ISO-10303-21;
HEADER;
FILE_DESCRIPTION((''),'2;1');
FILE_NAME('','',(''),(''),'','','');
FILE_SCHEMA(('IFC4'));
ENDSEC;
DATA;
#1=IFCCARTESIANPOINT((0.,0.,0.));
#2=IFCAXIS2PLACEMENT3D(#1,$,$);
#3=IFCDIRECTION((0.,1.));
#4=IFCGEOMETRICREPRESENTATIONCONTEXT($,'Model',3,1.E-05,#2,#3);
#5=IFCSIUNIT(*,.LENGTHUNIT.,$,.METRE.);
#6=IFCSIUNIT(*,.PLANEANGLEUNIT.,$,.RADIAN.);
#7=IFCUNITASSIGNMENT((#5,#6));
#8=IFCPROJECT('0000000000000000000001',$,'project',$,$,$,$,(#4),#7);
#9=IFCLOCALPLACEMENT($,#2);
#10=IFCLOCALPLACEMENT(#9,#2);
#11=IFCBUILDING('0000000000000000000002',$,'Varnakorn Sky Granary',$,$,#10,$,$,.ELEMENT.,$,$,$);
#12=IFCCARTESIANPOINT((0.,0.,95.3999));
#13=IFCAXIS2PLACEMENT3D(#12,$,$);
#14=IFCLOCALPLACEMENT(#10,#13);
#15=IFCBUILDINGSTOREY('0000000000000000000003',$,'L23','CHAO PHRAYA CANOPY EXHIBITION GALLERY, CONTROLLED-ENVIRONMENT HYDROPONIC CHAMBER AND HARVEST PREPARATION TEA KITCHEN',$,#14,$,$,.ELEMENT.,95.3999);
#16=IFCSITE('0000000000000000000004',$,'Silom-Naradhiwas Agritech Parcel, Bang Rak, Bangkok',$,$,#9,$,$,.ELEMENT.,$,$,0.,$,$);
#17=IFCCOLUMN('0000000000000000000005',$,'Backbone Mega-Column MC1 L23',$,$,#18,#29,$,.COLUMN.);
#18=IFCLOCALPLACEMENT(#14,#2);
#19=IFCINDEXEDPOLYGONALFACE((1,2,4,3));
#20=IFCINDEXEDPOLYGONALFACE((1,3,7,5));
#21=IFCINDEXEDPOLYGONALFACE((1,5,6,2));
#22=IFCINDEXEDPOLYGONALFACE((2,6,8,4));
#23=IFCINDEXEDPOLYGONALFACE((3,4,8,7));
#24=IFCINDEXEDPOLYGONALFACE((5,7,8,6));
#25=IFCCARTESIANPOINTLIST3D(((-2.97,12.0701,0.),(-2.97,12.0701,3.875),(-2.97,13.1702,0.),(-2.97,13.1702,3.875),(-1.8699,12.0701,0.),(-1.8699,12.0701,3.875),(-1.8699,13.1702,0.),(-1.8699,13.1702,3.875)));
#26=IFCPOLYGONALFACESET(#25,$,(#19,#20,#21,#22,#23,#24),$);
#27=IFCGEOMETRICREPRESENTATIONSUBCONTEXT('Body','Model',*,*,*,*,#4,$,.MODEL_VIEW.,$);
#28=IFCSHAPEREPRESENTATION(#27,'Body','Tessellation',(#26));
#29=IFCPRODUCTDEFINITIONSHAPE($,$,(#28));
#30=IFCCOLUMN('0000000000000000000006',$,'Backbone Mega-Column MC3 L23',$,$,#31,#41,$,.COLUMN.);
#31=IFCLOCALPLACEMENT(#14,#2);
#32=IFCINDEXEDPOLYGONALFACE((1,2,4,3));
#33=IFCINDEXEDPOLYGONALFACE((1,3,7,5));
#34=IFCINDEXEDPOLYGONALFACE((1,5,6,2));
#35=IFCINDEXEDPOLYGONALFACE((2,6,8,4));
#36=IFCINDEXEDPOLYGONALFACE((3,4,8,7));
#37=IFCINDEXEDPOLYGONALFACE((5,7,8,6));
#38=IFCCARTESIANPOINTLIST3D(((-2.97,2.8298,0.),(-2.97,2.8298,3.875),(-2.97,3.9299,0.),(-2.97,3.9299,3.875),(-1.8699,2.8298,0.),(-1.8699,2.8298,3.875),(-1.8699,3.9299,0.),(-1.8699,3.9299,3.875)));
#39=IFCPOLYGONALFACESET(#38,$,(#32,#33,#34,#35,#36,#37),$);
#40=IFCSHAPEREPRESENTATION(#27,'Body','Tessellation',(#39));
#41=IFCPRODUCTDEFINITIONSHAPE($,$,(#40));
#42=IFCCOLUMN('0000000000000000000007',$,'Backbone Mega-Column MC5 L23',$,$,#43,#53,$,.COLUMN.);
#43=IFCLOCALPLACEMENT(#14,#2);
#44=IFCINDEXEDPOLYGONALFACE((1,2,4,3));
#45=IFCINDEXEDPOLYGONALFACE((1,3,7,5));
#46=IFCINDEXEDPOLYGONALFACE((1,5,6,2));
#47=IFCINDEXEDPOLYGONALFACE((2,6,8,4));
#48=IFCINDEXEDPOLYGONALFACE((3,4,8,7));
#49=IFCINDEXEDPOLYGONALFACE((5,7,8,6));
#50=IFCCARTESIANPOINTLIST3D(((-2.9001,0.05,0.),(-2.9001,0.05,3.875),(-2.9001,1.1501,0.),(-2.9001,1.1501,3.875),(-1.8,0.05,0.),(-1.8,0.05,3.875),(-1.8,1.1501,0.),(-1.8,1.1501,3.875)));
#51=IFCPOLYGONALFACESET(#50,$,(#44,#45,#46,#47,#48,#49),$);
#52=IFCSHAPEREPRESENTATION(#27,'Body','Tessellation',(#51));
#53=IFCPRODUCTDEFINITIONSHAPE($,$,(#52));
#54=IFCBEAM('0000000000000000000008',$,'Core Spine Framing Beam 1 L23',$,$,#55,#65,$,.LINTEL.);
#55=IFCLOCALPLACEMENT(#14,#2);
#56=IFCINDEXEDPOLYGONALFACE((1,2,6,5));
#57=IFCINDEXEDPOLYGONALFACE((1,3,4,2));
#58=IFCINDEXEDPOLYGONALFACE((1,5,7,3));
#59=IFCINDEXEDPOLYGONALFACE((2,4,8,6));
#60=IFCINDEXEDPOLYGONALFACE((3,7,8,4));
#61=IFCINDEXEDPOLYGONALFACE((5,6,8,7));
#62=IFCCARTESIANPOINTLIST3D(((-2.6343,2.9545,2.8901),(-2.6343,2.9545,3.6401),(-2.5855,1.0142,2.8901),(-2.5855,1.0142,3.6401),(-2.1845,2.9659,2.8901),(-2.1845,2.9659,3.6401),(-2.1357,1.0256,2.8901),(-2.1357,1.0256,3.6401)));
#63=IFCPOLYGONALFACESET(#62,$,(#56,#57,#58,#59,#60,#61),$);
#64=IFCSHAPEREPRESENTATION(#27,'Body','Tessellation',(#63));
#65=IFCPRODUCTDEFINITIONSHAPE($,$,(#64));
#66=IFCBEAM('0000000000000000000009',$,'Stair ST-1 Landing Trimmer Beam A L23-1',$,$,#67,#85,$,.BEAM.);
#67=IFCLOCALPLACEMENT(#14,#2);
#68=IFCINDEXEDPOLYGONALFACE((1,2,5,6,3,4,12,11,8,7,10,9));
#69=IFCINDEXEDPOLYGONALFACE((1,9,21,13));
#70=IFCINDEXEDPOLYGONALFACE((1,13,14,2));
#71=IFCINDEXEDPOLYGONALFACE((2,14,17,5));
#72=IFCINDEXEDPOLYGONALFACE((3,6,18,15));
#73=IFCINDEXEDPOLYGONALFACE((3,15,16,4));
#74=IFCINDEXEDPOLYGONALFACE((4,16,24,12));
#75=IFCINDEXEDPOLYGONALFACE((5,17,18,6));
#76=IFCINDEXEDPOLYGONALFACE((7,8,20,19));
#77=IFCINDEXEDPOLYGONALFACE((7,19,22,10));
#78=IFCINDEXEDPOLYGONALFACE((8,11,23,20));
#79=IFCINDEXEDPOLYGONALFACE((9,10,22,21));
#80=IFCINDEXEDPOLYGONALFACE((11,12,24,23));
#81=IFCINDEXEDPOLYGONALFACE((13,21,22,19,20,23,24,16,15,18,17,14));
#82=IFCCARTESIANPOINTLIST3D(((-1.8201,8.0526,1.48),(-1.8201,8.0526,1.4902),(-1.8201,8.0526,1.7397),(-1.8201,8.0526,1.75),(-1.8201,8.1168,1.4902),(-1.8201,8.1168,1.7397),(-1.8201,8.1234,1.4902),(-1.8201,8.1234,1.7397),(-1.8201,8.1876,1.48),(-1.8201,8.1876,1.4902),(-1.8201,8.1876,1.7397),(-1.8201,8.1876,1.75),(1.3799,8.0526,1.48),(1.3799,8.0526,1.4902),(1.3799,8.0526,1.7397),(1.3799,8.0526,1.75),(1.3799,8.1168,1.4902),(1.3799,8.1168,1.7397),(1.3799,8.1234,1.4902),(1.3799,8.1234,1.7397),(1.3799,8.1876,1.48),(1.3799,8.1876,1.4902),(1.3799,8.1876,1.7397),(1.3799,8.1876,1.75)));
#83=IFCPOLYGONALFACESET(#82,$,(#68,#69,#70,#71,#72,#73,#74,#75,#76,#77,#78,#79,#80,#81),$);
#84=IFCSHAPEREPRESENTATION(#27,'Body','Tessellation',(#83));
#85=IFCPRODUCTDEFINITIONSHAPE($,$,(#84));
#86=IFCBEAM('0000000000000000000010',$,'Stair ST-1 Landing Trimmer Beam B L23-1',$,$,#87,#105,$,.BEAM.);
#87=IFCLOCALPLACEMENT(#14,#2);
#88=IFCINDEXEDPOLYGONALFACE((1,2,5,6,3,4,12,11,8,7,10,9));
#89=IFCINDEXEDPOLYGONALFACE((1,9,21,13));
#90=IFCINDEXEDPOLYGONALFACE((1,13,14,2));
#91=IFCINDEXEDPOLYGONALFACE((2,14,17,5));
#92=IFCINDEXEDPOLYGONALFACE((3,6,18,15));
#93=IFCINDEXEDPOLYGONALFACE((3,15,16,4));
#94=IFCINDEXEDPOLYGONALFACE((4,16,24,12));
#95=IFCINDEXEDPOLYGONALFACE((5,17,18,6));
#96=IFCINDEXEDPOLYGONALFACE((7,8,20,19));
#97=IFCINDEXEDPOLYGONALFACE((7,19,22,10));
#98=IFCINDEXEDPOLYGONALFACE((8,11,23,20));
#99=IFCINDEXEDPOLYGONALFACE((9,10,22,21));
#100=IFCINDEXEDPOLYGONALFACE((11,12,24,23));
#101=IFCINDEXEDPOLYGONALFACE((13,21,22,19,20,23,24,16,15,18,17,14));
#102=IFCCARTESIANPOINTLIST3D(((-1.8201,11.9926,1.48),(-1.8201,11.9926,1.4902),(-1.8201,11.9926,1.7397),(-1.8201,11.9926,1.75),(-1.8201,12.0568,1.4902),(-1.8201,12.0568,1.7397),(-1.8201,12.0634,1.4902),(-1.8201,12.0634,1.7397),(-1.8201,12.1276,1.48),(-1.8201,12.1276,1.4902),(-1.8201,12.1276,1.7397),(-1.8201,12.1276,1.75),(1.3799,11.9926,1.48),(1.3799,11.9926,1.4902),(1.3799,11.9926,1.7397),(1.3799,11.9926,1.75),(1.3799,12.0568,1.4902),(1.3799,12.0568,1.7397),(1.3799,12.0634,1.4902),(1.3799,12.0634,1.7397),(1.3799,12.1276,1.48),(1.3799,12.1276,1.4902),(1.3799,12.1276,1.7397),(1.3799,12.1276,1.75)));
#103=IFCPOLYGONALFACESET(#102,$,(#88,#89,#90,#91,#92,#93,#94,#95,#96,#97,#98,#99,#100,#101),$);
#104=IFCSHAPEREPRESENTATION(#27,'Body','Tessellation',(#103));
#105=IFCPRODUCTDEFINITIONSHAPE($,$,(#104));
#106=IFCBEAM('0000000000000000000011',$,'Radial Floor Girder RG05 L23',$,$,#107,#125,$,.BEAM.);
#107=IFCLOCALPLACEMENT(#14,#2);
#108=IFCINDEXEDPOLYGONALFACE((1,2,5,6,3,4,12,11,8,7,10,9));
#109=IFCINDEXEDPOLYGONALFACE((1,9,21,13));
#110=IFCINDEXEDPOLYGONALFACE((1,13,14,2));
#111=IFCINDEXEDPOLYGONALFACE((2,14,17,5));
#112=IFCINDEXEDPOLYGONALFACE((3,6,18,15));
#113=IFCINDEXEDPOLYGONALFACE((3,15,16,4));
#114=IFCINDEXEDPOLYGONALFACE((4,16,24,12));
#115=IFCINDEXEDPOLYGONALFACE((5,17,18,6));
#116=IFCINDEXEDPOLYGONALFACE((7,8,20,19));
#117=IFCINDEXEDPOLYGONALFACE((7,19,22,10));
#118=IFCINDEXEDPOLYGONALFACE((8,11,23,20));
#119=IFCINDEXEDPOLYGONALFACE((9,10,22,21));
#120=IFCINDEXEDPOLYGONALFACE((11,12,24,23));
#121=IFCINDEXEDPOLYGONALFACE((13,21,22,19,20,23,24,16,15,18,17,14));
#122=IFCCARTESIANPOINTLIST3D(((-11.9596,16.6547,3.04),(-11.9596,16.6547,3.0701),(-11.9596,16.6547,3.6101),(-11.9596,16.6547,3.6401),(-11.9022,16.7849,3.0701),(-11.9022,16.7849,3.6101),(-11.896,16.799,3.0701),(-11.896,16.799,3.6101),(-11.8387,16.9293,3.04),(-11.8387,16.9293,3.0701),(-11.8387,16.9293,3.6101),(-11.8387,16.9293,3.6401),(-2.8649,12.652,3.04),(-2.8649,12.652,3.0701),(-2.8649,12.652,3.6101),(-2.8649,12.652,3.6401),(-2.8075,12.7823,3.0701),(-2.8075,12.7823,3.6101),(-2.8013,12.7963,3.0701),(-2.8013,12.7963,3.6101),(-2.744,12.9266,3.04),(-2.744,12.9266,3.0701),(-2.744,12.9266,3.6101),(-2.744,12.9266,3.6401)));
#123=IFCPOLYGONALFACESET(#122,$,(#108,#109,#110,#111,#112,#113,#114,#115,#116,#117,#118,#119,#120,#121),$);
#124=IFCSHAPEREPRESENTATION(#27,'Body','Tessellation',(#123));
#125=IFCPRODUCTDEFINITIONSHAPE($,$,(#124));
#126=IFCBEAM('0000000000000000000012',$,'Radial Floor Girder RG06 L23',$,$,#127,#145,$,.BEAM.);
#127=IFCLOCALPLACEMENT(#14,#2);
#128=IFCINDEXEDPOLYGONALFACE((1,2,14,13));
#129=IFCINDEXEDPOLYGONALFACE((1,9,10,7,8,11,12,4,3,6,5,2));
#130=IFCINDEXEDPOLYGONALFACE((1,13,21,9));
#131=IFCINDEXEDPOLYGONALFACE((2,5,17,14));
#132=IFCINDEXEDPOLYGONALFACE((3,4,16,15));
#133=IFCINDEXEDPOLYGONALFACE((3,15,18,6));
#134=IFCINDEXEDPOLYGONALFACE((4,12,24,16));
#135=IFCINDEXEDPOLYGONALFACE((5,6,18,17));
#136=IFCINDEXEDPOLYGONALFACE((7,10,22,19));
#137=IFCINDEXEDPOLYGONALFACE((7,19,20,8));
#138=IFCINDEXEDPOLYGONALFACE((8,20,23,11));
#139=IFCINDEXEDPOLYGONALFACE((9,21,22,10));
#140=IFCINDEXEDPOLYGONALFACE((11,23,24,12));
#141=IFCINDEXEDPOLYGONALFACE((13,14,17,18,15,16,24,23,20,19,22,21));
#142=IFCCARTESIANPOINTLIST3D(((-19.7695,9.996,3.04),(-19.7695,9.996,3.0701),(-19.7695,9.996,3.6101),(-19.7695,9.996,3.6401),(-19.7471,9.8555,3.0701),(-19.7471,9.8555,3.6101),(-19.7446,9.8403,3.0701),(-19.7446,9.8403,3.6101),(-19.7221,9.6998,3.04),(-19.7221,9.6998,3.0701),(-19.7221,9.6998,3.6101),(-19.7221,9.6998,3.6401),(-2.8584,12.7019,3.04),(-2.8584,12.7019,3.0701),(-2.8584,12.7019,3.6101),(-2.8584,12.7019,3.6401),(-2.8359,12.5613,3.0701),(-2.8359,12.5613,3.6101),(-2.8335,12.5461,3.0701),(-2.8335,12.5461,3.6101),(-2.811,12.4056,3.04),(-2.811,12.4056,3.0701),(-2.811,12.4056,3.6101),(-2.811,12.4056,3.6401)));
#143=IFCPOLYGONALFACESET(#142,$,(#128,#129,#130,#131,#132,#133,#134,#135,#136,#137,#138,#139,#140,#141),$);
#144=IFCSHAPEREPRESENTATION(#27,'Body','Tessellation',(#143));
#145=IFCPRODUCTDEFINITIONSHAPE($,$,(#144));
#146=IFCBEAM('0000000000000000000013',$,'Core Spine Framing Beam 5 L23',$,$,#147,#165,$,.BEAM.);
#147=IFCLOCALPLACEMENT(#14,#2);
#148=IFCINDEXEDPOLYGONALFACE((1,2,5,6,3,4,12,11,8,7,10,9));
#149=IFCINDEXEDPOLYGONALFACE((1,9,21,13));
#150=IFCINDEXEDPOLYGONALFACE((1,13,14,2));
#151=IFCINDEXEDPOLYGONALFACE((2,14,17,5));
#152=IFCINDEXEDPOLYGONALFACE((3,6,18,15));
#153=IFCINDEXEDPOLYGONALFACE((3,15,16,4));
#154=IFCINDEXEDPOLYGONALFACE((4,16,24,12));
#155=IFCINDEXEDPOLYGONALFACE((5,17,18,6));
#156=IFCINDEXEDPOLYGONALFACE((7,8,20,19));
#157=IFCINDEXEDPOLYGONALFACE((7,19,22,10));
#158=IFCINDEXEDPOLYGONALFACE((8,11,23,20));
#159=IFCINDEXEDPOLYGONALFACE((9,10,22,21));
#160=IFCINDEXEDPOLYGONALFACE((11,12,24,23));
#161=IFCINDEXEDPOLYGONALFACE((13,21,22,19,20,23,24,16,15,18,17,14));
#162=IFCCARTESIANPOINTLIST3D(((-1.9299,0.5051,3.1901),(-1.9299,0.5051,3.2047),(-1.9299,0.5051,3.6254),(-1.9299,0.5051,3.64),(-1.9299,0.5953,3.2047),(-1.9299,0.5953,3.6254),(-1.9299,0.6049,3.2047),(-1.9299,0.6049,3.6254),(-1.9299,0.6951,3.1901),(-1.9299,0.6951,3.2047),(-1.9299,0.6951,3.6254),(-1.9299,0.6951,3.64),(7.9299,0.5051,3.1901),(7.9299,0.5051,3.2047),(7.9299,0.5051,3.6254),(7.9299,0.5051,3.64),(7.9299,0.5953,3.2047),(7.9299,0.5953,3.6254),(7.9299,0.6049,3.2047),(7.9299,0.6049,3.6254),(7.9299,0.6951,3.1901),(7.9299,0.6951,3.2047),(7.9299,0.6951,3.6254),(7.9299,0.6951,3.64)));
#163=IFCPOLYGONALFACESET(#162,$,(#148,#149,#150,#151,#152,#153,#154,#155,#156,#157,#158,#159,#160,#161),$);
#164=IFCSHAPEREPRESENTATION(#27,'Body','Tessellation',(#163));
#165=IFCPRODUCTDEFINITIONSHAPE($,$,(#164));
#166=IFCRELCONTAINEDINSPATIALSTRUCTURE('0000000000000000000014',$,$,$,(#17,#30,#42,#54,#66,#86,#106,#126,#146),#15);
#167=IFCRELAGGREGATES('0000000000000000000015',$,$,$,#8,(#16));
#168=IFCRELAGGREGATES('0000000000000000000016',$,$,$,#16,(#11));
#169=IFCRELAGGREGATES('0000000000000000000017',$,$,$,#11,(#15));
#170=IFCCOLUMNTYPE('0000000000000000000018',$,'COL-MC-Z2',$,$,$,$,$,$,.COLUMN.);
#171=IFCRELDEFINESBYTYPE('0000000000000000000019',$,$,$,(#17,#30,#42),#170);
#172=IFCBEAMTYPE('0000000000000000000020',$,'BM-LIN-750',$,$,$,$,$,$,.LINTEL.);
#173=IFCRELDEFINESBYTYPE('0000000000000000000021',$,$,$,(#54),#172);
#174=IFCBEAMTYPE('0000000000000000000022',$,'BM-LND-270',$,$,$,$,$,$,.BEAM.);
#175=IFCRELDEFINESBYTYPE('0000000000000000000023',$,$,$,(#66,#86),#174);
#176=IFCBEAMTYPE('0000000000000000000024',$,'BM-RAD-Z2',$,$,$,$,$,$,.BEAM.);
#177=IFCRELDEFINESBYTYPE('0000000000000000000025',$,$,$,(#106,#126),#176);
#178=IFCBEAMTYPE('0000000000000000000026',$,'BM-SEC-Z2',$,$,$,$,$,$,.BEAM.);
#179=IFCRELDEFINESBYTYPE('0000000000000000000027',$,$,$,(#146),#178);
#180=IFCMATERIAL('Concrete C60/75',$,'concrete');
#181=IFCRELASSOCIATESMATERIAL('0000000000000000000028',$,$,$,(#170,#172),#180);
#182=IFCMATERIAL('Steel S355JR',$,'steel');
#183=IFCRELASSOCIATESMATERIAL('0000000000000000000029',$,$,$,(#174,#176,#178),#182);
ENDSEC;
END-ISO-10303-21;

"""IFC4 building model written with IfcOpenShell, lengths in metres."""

from ifc_helpers import new_model, si_unit, direction, frame, origin, origin_2d, place, context, subcontext, project, spatial, rectangle, i_section, extrude, material, material_profile, profile_set, type_object, element, save


model = new_model("IFC4")

# Units and contexts
model_context = context("Model", 3, precision=1e-05, world=origin(), true_north=direction((0.0, 1.0)))
body_context = subcontext(model_context, "Body", "Model", "MODEL_VIEW")
ifc_project = project(units=[si_unit("LENGTHUNIT", "METRE"), si_unit("PLANEANGLEUNIT", "RADIAN")], contexts=[model_context])

# Site, building, storey
site_placement = place(None, origin())
site = spatial("IfcSite", under=ifc_project, at=site_placement, Name="Silom-Naradhiwas Agritech Parcel, Bang Rak, Bangkok", CompositionType="ELEMENT", RefElevation=0.0)
building_placement = place(site_placement, origin())
building = spatial("IfcBuilding", under=site, at=building_placement, Name="Varnakorn Sky Granary", CompositionType="ELEMENT")
storey_placement = place(building_placement, frame((0.0, 0.0, 95.3999)))
storey = spatial("IfcBuildingStorey", under=building, at=storey_placement, Name="L23", Description="CHAO PHRAYA CANOPY EXHIBITION GALLERY, CONTROLLED-ENVIRONMENT HYDROPONIC CHAMBER AND HARVEST PREPARATION TEA KITCHEN", CompositionType="ELEMENT", Elevation=95.3999)

# Columns
ifc_material_1 = material(Name="Concrete C60/75", Category="concrete")
ifc_material_profile_1 = material_profile(ifc_material_1, rectangle(XDim=1.1001, YDim=1.1001, at=origin_2d()), Name="RC 1100x1100")
ifc_profile_set_1 = profile_set([ifc_material_profile_1], Name="Concrete C60/75")
column_type = type_object("IfcColumnType", Name="COL-MC-Z2", PredefinedType="COLUMN", material=ifc_profile_set_1)
for number, where, z_axis, x_axis, name in (
    (1, (-2.4199, 12.6201, 0.0), (0.0, 0.0, 1.0), (1.0, 0.0, 0.0), "Backbone Mega-Column MC1 L23"),
    (2, (-2.4199, 3.3799, 0.0), (0.0, 0.0, 1.0), (1.0, 0.0, 0.0), "Backbone Mega-Column MC3 L23"),
    (3, (-2.3501, 0.6001, 0.0), (0.0, 0.0, 1.0), (1.0, 0.0, 0.0), "Backbone Mega-Column MC5 L23"),
):
    element("IfcColumn", number, at=place(storey_placement, frame(where, z_axis=z_axis, x_axis=x_axis)), inside=storey, type_object=column_type, Name=name, PredefinedType="COLUMN", context=body_context, shape_type="SweptSolid", body=[
        extrude(rectangle(XDim=1.1001, YDim=1.1001, at=origin_2d()), origin(), (0.0, 0.0, 1.0), 3.875),
    ])

# Beams
ifc_material_profile_2 = material_profile(ifc_material_1, rectangle(XDim=0.45, YDim=0.75, at=origin_2d()), Name="RC 450x750")
ifc_profile_set_2 = profile_set([ifc_material_profile_2], Name="Concrete C60/75")
beam_type_1 = type_object("IfcBeamType", Name="BM-LIN-750", PredefinedType="LINTEL", material=ifc_profile_set_2)
beam_1_placement = place(storey_placement, frame((-2.4094, 2.9602, 3.2651), z_axis=(0.025159, -0.999683, 0.0), x_axis=(0.999683, 0.025159, 0.0)))
element("IfcBeam", 4, at=beam_1_placement, inside=storey, type_object=beam_type_1, Name="Core Spine Framing Beam 1 L23", PredefinedType="LINTEL", context=body_context, shape_type="SweptSolid", body=[
    extrude(rectangle(XDim=0.45, YDim=0.75, at=origin_2d()), origin(), (0.0, 0.0, 1.0), 1.9409),
])
ifc_material_2 = material(Name="Steel S355JR", Category="steel")
ifc_material_profile_3 = material_profile(ifc_material_2, i_section(OverallWidth=0.135, OverallDepth=0.27, WebThickness=0.0066, FlangeThickness=0.0103, at=origin_2d()), Name="IPE 270")
ifc_profile_set_3 = profile_set([ifc_material_profile_3], Name="Steel S355JR")
beam_type_2 = type_object("IfcBeamType", Name="BM-LND-270", PredefinedType="BEAM", material=ifc_profile_set_3)
for number, where, z_axis, x_axis, name in (
    (5, (-1.8201, 8.1201, 1.615), (1.0, 0.0, 0.0), (0.0, 1.0, 0.0), "Stair ST-1 Landing Trimmer Beam A L23-1"),
    (6, (-1.8201, 12.0601, 1.615), (1.0, 0.0, 0.0), (0.0, 1.0, 0.0), "Stair ST-1 Landing Trimmer Beam B L23-1"),
):
    element("IfcBeam", number, at=place(storey_placement, frame(where, z_axis=z_axis, x_axis=x_axis)), inside=storey, type_object=beam_type_2, Name=name, PredefinedType="BEAM", context=body_context, shape_type="SweptSolid", body=[
        extrude(i_section(OverallWidth=0.135, OverallDepth=0.27, WebThickness=0.0066, FlangeThickness=0.0103, at=origin_2d()), origin(), (0.0, 0.0, 1.0), 3.2),
    ])
ifc_material_profile_4 = material_profile(ifc_material_2, i_section(OverallWidth=0.3, OverallDepth=0.6001, WebThickness=0.0154, FlangeThickness=0.03, at=origin_2d()), Name="HE 600 B")
ifc_profile_set_4 = profile_set([ifc_material_profile_4], Name="Steel S355JR")
beam_type_3 = type_object("IfcBeamType", Name="BM-RAD-Z2", PredefinedType="BEAM", material=ifc_profile_set_4)
beam_2_placement = place(storey_placement, frame((-2.8044, 12.7893, 3.3401), z_axis=(-0.915278, 0.402823, 0.0), x_axis=(-0.402823, -0.915278, 0.0)))
element("IfcBeam", 7, at=beam_2_placement, inside=storey, type_object=beam_type_3, Name="Radial Floor Girder RG05 L23", PredefinedType="BEAM", context=body_context, shape_type="SweptSolid", body=[
    extrude(i_section(OverallWidth=0.3, OverallDepth=0.6001, WebThickness=0.0154, FlangeThickness=0.03, at=origin_2d()), origin(), (0.0, 0.0, 1.0), 9.9365),
])
beam_3_placement = place(storey_placement, frame((-2.8347, 12.5537, 3.3401), z_axis=(-0.98744, -0.157992, 0.0), x_axis=(0.157992, -0.98744, 0.0)))
element("IfcBeam", 8, at=beam_3_placement, inside=storey, type_object=beam_type_3, Name="Radial Floor Girder RG06 L23", PredefinedType="BEAM", context=body_context, shape_type="SweptSolid", body=[
    extrude(i_section(OverallWidth=0.3, OverallDepth=0.6001, WebThickness=0.0154, FlangeThickness=0.03, at=origin_2d()), origin(), (0.0, 0.0, 1.0), 17.1262),
])
ifc_material_profile_5 = material_profile(ifc_material_2, i_section(OverallWidth=0.1899, OverallDepth=0.45, WebThickness=0.0095, FlangeThickness=0.0146, at=origin_2d()), Name="IPE 450")
ifc_profile_set_5 = profile_set([ifc_material_profile_5], Name="Steel S355JR")
beam_type_4 = type_object("IfcBeamType", Name="BM-SEC-Z2", PredefinedType="BEAM", material=ifc_profile_set_5)
beam_4_placement = place(storey_placement, frame((-1.9299, 0.6001, 3.415), z_axis=(1.0, 0.0, 0.0), x_axis=(0.0, 1.0, 0.0)))
element("IfcBeam", 9, at=beam_4_placement, inside=storey, type_object=beam_type_4, Name="Core Spine Framing Beam 5 L23", PredefinedType="BEAM", context=body_context, shape_type="SweptSolid", body=[
    extrude(i_section(OverallWidth=0.1899, OverallDepth=0.45, WebThickness=0.0095, FlangeThickness=0.0146, at=origin_2d()), origin(), (0.0, 0.0, 1.0), 9.8599),
])

save(model, "model.ifc")
